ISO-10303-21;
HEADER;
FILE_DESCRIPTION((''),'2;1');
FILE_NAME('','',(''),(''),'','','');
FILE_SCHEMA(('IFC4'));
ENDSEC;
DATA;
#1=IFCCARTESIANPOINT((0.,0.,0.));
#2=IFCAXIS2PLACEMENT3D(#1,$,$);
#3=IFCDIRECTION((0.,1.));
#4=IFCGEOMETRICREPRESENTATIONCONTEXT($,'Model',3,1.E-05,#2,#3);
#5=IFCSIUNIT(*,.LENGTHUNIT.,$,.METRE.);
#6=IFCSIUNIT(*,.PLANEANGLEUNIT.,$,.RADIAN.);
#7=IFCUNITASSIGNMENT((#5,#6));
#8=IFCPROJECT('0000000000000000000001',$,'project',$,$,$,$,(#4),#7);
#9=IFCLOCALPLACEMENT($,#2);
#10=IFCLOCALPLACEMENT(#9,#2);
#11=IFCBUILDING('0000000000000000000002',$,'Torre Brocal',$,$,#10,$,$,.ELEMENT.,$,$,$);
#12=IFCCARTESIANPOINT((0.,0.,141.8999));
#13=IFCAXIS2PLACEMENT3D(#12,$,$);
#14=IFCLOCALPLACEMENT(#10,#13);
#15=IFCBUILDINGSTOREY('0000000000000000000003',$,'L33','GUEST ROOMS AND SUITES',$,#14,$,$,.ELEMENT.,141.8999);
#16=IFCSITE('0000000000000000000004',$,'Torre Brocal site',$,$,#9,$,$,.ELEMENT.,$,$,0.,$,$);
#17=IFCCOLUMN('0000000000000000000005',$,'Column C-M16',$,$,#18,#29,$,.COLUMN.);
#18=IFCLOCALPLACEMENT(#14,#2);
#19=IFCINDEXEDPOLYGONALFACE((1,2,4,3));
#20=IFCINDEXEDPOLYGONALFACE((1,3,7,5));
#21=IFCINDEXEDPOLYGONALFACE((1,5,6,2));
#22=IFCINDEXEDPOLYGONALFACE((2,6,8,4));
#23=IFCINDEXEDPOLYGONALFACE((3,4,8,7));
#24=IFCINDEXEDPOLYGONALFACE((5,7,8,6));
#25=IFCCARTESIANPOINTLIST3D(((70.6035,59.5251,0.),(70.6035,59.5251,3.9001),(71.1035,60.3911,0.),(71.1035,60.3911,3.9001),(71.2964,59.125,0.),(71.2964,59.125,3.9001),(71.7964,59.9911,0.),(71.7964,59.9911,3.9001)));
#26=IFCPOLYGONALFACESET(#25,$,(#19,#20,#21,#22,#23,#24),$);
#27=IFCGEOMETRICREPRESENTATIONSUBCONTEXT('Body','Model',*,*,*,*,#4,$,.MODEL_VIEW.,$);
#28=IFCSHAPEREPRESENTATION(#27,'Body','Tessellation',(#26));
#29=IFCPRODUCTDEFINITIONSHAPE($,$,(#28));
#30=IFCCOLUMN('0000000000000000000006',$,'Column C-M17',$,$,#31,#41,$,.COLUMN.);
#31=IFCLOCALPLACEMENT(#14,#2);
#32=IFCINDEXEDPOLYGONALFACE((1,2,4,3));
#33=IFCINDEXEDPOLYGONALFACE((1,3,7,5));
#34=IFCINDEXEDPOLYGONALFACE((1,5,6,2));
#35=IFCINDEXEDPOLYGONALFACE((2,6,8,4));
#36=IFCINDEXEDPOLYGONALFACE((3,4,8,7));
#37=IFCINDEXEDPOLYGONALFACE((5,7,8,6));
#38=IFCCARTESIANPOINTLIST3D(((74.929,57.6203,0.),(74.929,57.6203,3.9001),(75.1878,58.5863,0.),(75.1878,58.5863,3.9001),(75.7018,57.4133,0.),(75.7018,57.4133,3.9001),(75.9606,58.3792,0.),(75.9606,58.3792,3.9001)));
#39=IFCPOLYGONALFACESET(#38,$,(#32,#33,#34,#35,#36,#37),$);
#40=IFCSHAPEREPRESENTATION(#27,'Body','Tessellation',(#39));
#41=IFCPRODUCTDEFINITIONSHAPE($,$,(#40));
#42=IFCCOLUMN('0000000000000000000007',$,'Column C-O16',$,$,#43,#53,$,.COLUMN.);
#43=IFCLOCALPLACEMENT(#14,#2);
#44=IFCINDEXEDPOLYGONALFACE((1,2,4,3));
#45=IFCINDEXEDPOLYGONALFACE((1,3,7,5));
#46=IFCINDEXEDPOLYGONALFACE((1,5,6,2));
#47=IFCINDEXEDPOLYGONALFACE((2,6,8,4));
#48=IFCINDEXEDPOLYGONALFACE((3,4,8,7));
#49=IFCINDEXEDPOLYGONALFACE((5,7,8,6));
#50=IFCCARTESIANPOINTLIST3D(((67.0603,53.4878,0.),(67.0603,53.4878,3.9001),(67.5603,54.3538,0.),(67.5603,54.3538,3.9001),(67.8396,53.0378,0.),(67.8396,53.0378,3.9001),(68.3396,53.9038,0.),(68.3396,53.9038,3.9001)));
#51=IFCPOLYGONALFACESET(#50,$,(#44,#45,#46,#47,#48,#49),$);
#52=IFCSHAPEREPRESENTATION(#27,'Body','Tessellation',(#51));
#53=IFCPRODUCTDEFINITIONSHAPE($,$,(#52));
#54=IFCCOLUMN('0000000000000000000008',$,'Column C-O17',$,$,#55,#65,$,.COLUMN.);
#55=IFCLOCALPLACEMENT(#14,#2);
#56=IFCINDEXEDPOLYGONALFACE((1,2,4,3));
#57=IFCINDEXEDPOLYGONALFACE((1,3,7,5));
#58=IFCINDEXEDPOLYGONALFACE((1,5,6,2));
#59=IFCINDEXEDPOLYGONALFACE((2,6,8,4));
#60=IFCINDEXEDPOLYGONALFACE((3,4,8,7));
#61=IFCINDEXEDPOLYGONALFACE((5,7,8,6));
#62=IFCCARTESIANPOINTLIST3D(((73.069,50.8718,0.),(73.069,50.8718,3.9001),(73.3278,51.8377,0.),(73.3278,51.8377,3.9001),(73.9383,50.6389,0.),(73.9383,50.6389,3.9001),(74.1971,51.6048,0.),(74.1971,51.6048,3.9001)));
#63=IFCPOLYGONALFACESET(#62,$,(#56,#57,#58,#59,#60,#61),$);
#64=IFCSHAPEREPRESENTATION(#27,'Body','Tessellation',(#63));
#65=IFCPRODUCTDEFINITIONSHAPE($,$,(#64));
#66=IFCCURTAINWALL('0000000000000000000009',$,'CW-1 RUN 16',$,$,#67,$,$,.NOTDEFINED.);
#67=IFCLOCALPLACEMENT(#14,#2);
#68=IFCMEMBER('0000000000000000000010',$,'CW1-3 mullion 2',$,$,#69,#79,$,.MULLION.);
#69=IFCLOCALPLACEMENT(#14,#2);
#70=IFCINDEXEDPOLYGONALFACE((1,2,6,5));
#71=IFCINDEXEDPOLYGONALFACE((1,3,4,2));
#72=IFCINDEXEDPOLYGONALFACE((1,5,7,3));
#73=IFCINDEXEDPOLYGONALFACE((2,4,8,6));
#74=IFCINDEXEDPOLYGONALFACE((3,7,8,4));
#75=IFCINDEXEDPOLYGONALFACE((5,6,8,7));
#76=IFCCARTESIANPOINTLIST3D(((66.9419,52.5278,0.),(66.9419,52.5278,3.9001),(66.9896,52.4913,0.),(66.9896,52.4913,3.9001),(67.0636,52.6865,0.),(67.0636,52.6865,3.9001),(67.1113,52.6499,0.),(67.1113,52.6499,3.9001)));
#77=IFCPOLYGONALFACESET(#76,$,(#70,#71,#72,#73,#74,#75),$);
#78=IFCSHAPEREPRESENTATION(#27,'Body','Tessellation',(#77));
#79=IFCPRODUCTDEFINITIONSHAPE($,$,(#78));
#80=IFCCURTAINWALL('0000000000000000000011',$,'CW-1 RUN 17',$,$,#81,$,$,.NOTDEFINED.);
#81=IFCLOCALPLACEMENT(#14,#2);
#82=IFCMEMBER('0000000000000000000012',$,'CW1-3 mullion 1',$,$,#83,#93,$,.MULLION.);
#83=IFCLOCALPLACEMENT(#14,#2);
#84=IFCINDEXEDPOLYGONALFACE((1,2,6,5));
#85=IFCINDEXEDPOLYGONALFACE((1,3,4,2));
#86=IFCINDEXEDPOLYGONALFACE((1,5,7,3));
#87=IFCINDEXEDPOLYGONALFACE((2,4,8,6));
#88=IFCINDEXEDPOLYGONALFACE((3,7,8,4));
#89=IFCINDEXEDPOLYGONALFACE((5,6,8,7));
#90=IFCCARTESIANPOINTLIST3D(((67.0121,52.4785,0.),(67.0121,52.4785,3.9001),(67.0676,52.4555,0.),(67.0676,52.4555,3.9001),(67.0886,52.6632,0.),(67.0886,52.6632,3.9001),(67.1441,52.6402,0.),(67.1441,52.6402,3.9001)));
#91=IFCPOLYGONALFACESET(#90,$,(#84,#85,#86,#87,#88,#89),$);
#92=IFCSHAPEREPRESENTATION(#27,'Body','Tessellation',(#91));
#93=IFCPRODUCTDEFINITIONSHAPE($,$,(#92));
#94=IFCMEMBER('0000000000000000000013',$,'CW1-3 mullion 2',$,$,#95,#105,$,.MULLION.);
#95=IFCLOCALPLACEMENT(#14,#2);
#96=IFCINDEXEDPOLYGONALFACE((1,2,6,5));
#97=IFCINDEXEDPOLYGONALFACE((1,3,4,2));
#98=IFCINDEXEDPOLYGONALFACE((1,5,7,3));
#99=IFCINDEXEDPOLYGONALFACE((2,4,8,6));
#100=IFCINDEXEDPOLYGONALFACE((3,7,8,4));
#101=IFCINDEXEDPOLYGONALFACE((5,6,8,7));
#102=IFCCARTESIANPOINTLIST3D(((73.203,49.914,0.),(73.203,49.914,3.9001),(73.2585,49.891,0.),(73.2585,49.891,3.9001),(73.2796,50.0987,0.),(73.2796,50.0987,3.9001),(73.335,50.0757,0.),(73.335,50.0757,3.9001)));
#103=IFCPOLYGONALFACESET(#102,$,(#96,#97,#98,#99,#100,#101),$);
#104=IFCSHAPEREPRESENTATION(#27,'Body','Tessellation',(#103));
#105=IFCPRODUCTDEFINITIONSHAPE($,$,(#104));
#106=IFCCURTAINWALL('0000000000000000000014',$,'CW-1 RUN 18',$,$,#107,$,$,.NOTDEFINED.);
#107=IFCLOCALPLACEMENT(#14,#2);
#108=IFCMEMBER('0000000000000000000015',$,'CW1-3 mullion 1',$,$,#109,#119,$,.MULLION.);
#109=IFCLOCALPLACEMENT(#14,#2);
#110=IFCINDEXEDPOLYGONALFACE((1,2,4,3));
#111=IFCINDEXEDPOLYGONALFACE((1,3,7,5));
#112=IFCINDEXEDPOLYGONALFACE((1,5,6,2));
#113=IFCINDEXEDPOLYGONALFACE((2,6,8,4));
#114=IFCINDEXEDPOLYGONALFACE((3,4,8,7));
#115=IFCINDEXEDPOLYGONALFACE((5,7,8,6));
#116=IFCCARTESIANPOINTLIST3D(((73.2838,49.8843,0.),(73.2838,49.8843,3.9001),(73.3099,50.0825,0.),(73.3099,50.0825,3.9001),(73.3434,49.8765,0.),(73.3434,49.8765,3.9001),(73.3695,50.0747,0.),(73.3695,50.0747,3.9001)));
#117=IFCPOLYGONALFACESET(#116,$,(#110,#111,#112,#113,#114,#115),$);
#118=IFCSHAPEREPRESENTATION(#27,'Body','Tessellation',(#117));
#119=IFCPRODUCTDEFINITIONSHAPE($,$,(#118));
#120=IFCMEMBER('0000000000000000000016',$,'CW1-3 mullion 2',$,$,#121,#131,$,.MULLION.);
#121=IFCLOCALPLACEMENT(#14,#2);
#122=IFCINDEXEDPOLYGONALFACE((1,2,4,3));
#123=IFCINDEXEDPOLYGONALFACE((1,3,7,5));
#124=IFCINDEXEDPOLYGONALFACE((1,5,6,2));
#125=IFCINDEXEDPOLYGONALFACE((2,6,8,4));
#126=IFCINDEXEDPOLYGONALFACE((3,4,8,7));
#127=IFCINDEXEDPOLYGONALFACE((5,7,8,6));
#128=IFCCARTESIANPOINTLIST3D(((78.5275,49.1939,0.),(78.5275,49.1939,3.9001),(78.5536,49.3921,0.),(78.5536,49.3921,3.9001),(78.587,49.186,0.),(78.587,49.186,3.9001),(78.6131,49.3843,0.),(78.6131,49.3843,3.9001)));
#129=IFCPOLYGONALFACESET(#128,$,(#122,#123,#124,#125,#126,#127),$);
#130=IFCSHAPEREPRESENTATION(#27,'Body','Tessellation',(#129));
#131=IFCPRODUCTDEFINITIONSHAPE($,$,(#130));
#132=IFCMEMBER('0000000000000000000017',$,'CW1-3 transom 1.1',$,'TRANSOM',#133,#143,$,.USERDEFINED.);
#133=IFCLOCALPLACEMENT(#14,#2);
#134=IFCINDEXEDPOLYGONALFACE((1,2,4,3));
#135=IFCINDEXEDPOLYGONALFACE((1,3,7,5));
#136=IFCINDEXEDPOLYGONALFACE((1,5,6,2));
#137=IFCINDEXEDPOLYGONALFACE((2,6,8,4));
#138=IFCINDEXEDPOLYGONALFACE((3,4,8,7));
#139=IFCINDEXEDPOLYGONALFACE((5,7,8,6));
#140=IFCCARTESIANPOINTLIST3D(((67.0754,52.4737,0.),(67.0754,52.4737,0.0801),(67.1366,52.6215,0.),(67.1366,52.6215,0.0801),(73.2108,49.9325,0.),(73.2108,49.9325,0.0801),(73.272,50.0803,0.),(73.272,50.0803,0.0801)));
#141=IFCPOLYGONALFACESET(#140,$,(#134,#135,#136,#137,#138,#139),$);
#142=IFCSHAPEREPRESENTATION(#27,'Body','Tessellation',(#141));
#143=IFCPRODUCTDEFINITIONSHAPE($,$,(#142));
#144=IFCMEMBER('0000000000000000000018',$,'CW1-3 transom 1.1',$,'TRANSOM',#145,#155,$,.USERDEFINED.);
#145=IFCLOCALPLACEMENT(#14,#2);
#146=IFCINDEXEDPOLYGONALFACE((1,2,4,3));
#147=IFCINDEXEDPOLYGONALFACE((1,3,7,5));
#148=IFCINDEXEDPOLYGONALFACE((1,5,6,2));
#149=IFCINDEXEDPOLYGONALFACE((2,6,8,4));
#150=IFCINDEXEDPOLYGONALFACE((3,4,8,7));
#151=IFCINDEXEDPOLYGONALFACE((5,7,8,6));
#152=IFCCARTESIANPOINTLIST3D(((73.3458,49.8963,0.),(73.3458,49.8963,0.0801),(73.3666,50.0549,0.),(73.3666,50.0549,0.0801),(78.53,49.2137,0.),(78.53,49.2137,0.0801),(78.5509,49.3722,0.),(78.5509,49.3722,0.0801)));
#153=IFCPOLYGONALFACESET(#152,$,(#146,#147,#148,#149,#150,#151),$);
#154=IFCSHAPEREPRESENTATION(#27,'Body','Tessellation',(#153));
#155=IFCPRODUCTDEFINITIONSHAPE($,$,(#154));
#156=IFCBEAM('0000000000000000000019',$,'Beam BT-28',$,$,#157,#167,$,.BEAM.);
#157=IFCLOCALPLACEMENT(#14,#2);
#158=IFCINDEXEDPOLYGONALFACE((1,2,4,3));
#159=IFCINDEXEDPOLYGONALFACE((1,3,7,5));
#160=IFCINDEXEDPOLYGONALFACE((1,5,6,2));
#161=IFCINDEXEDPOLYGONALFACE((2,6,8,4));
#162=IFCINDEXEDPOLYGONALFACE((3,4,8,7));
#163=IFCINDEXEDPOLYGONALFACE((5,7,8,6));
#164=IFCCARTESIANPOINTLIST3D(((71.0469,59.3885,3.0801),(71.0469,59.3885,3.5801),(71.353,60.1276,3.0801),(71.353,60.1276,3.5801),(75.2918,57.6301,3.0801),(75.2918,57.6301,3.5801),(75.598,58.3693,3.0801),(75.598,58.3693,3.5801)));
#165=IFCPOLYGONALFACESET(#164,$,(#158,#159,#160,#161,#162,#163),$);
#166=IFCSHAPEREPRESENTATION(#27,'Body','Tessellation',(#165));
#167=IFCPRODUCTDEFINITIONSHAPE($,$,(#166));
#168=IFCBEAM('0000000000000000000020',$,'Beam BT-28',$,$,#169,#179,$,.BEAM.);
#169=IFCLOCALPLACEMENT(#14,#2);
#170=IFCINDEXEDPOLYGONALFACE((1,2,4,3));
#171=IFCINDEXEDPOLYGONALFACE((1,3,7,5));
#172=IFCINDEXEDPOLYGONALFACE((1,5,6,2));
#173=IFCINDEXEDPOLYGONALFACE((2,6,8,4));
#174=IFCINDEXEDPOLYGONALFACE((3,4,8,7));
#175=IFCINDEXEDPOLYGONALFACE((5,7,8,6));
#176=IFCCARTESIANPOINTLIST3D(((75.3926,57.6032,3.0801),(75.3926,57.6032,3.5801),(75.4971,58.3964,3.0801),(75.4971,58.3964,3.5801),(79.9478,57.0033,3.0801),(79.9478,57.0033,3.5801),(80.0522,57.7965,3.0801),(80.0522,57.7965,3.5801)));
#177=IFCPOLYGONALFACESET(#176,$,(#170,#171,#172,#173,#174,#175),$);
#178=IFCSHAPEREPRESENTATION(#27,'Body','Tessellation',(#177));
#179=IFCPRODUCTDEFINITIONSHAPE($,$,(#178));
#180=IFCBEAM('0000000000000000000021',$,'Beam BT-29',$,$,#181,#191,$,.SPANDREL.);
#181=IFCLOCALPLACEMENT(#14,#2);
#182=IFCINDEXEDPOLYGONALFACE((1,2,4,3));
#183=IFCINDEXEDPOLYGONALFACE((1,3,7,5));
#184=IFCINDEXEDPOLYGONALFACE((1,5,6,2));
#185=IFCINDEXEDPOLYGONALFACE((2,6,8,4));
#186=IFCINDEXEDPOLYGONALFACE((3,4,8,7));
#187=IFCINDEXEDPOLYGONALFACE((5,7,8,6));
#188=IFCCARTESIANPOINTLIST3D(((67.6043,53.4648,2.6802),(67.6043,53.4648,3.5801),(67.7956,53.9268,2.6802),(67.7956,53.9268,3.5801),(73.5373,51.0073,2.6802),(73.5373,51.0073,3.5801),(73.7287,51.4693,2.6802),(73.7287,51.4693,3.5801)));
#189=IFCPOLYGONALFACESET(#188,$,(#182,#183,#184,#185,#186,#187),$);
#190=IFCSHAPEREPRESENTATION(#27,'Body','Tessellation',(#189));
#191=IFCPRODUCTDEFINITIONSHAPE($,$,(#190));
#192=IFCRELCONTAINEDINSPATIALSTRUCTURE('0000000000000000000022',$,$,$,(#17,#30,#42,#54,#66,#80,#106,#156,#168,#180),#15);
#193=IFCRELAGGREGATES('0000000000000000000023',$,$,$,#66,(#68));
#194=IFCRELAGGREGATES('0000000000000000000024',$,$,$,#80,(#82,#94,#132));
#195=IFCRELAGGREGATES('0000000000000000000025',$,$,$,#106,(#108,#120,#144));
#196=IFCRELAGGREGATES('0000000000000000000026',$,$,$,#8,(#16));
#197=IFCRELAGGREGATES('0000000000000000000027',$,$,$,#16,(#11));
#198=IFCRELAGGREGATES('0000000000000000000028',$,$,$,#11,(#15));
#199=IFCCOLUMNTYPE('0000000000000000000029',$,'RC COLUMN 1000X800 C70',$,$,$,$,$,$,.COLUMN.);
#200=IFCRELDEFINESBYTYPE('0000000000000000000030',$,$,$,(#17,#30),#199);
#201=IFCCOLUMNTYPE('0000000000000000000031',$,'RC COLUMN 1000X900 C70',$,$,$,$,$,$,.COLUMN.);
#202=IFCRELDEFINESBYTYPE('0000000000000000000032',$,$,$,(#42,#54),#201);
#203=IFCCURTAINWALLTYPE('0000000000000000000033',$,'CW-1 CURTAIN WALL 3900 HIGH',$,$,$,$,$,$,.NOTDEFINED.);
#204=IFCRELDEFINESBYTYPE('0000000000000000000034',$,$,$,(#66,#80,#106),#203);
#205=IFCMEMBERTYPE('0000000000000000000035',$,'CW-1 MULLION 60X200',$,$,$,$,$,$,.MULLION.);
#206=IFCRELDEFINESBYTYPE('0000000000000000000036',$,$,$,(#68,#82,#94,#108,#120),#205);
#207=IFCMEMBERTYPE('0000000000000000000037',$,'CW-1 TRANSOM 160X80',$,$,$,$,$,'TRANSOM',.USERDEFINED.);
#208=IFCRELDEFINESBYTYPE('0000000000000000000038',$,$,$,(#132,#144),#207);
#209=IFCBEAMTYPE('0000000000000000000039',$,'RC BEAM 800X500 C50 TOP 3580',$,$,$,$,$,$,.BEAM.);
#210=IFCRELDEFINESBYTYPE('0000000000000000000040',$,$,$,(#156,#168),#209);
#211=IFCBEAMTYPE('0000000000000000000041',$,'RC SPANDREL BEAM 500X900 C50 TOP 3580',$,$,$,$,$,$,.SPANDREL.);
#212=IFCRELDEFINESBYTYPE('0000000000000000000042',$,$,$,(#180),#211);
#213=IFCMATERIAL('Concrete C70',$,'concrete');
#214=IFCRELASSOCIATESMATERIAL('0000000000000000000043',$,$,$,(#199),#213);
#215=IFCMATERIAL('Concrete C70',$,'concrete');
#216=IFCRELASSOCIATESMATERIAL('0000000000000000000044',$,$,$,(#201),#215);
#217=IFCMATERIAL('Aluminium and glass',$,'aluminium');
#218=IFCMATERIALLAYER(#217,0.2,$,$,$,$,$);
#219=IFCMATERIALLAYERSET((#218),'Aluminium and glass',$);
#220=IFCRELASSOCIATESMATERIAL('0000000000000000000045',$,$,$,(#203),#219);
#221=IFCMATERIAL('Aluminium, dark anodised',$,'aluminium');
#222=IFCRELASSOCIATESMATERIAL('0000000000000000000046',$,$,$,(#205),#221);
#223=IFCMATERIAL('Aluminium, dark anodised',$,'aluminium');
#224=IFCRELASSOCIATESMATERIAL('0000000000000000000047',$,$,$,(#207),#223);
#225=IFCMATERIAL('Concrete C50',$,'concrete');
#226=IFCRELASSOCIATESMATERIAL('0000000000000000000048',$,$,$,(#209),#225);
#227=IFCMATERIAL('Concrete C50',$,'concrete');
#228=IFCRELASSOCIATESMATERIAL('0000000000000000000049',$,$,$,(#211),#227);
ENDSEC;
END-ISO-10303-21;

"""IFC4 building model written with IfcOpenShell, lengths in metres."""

from ifc_helpers import new_model, si_unit, direction, frame, origin, origin_2d, place, context, subcontext, project, spatial, rectangle, extrude, material, layer, layer_set, material_profile, profile_set, type_object, element, aggregate, save


model = new_model("IFC4")

# Units and contexts
model_context = context("Model", 3, precision=1e-05, world=origin(), true_north=direction((0.0, 1.0)))
body_context = subcontext(model_context, "Body", "Model", "MODEL_VIEW")
ifc_project = project(units=[si_unit("LENGTHUNIT", "METRE"), si_unit("PLANEANGLEUNIT", "RADIAN")], contexts=[model_context])

# Site, building, storey
site_placement = place(None, origin())
site = spatial("IfcSite", under=ifc_project, at=site_placement, Name="Torre Brocal site", CompositionType="ELEMENT", RefElevation=0.0)
building_placement = place(site_placement, origin())
building = spatial("IfcBuilding", under=site, at=building_placement, Name="Torre Brocal", CompositionType="ELEMENT")
storey_placement = place(building_placement, frame((0.0, 0.0, 141.8999)))
storey = spatial("IfcBuildingStorey", under=building, at=storey_placement, Name="L33", Description="GUEST ROOMS AND SUITES", CompositionType="ELEMENT", Elevation=141.8999)

# Columns
ifc_material_1 = material(Name="Concrete C70", Category="concrete")
ifc_material_profile_1 = material_profile(ifc_material_1, rectangle(XDim=1.0, YDim=0.8, at=origin_2d()), Name="RC 1000X800")
ifc_profile_set_1 = profile_set([ifc_material_profile_1], Name="Concrete C70")
column_type_1 = type_object("IfcColumnType", Name="RC COLUMN 1000X800 C70", PredefinedType="COLUMN", material=ifc_profile_set_1)
for number, where, z_axis, x_axis, name in (
    (1, (71.2, 59.7581, 0.0), (0.0, 0.0, 1.0), (-0.5, -0.866025, 0.0), "Column C-M16"),
    (2, (75.4448, 57.9998, 0.0), (0.0, 0.0, 1.0), (-0.258819, -0.965926, 0.0), "Column C-M17"),
):
    element("IfcColumn", number, at=place(storey_placement, frame(where, z_axis=z_axis, x_axis=x_axis)), inside=storey, type_object=column_type_1, Name=name, PredefinedType="COLUMN", context=body_context, shape_type="SweptSolid", body=[
        extrude(rectangle(XDim=1.0, YDim=0.8, at=origin_2d()), origin(), (0.0, 0.0, 1.0), 3.9001),
    ])
ifc_material_2 = material(Name="Concrete C70", Category="concrete")
ifc_material_profile_2 = material_profile(ifc_material_2, rectangle(XDim=1.0, YDim=0.8999, at=origin_2d()), Name="RC 1000X900")
ifc_profile_set_2 = profile_set([ifc_material_profile_2], Name="Concrete C70")
column_type_2 = type_object("IfcColumnType", Name="RC COLUMN 1000X900 C70", PredefinedType="COLUMN", material=ifc_profile_set_2)
for number, where, z_axis, x_axis, name in (
    (3, (67.7, 53.6958, 0.0), (0.0, 0.0, 1.0), (-0.5, -0.866025, 0.0), "Column C-O16"),
    (4, (73.6331, 51.2383, 0.0), (0.0, 0.0, 1.0), (-0.258819, -0.965926, 0.0), "Column C-O17"),
):
    element("IfcColumn", number, at=place(storey_placement, frame(where, z_axis=z_axis, x_axis=x_axis)), inside=storey, type_object=column_type_2, Name=name, PredefinedType="COLUMN", context=body_context, shape_type="SweptSolid", body=[
        extrude(rectangle(XDim=1.0, YDim=0.8999, at=origin_2d()), origin(), (0.0, 0.0, 1.0), 3.9001),
    ])

# Curtain wall, member
ifc_material_3 = material(Name="Aluminium and glass", Category="aluminium")
ifc_layer_1 = layer(ifc_material_3, 0.2)
ifc_layer_set_1 = layer_set([ifc_layer_1], Name="Aluminium and glass")
curtain_wall_type = type_object("IfcCurtainWallType", Name="CW-1 CURTAIN WALL 3900 HIGH", PredefinedType="NOTDEFINED", material=ifc_layer_set_1)
curtain_wall_1_placement = place(storey_placement, origin())
curtain_wall_1 = element("IfcCurtainWall", 5, at=curtain_wall_1_placement, inside=storey, type_object=curtain_wall_type, Name="CW-1 RUN 16", PredefinedType="NOTDEFINED")
ifc_material_4 = material(Name="Aluminium, dark anodised", Category="aluminium")
ifc_material_profile_3 = material_profile(ifc_material_4, rectangle(XDim=0.2, YDim=0.0601, at=origin_2d()), Name="CW-1 MULLION 60X200")
ifc_profile_set_3 = profile_set([ifc_material_profile_3], Name="Aluminium, dark anodised")
member_type_1 = type_object("IfcMemberType", Name="CW-1 MULLION 60X200", PredefinedType="MULLION", material=ifc_profile_set_3)
member_1_placement = place(storey_placement, frame((67.0266, 52.5889, 0.0), z_axis=(0.0, 0.0, 1.0), x_axis=(0.608761, 0.793353, 0.0)))
member_1 = element("IfcMember", 6, at=member_1_placement, type_object=member_type_1, Name="CW1-3 mullion 2", PredefinedType="MULLION", context=body_context, shape_type="SweptSolid", body=[
    extrude(rectangle(XDim=0.2, YDim=0.0601, at=origin_2d()), origin(), (0.0, 0.0, 1.0), 3.9001),
])
aggregate(curtain_wall_1, [member_1])

# Curtain walls, members
curtain_wall_2_placement = place(storey_placement, origin())
curtain_wall_2 = element("IfcCurtainWall", 7, at=curtain_wall_2_placement, inside=storey, type_object=curtain_wall_type, Name="CW-1 RUN 17", PredefinedType="NOTDEFINED")
member_2_placement = place(storey_placement, frame((67.0781, 52.5593, 0.0), z_axis=(0.0, 0.0, 1.0), x_axis=(0.382683, 0.92388, 0.0)))
member_2 = element("IfcMember", 8, at=member_2_placement, type_object=member_type_1, Name="CW1-3 mullion 1", PredefinedType="MULLION", context=body_context, shape_type="SweptSolid", body=[
    extrude(rectangle(XDim=0.2, YDim=0.0601, at=origin_2d()), origin(), (0.0, 0.0, 1.0), 3.9001),
])
member_3_placement = place(storey_placement, frame((73.269, 49.9949, 0.0), z_axis=(0.0, 0.0, 1.0), x_axis=(0.382683, 0.92388, 0.0)))
member_3 = element("IfcMember", 9, at=member_3_placement, type_object=member_type_1, Name="CW1-3 mullion 2", PredefinedType="MULLION", context=body_context, shape_type="SweptSolid", body=[
    extrude(rectangle(XDim=0.2, YDim=0.0601, at=origin_2d()), origin(), (0.0, 0.0, 1.0), 3.9001),
])
curtain_wall_3_placement = place(storey_placement, origin())
curtain_wall_3 = element("IfcCurtainWall", 10, at=curtain_wall_3_placement, inside=storey, type_object=curtain_wall_type, Name="CW-1 RUN 18", PredefinedType="NOTDEFINED")
member_4_placement = place(storey_placement, frame((73.3267, 49.9795, 0.0), z_axis=(0.0, 0.0, 1.0), x_axis=(0.130526, 0.991445, 0.0)))
member_4 = element("IfcMember", 11, at=member_4_placement, type_object=member_type_1, Name="CW1-3 mullion 1", PredefinedType="MULLION", context=body_context, shape_type="SweptSolid", body=[
    extrude(rectangle(XDim=0.2, YDim=0.0601, at=origin_2d()), origin(), (0.0, 0.0, 1.0), 3.9001),
])
member_5_placement = place(storey_placement, frame((78.5703, 49.2891, 0.0), z_axis=(0.0, 0.0, 1.0), x_axis=(0.130526, 0.991445, 0.0)))
member_5 = element("IfcMember", 12, at=member_5_placement, type_object=member_type_1, Name="CW1-3 mullion 2", PredefinedType="MULLION", context=body_context, shape_type="SweptSolid", body=[
    extrude(rectangle(XDim=0.2, YDim=0.0601, at=origin_2d()), origin(), (0.0, 0.0, 1.0), 3.9001),
])

# Members
ifc_material_5 = material(Name="Aluminium, dark anodised", Category="aluminium")
ifc_material_profile_4 = material_profile(ifc_material_5, rectangle(XDim=0.1599, YDim=0.0801, at=origin_2d()), Name="CW-1 TRANSOM 160X80")
ifc_profile_set_4 = profile_set([ifc_material_profile_4], Name="Aluminium, dark anodised")
member_type_2 = type_object("IfcMemberType", Name="CW-1 TRANSOM 160X80", ElementType="TRANSOM", PredefinedType="USERDEFINED", material=ifc_profile_set_4)
member_6_placement = place(storey_placement, frame((67.106, 52.5476, 0.04), z_axis=(0.923887, -0.382665, 0.0), x_axis=(0.382665, 0.923887, 0.0)))
member_6 = element("IfcMember", 13, at=member_6_placement, type_object=member_type_2, Name="CW1-3 transom 1.1", ObjectType="TRANSOM", PredefinedType="USERDEFINED", context=body_context, shape_type="SweptSolid", body=[
    extrude(rectangle(XDim=0.1599, YDim=0.0801, at=origin_2d()), origin(), (0.0, 0.0, 1.0), 6.6409),
])
member_7_placement = place(storey_placement, frame((73.3562, 49.9756, 0.04), z_axis=(0.991443, -0.130543, 0.0), x_axis=(0.130543, 0.991443, 0.0)))
member_7 = element("IfcMember", 14, at=member_7_placement, type_object=member_type_2, Name="CW1-3 transom 1.1", ObjectType="TRANSOM", PredefinedType="USERDEFINED", context=body_context, shape_type="SweptSolid", body=[
    extrude(rectangle(XDim=0.1599, YDim=0.0801, at=origin_2d()), origin(), (0.0, 0.0, 1.0), 5.229),
])

# Beams
ifc_material_6 = material(Name="Concrete C50", Category="concrete")
ifc_material_profile_5 = material_profile(ifc_material_6, rectangle(XDim=0.8, YDim=0.5, at=origin_2d()), Name="RC 800X500")
ifc_profile_set_5 = profile_set([ifc_material_profile_5], Name="Concrete C50")
beam_type_1 = type_object("IfcBeamType", Name="RC BEAM 800X500 C50 TOP 3580", PredefinedType="BEAM", material=ifc_profile_set_5)
beam_1_placement = place(storey_placement, frame((71.2, 59.7581, 3.3301), z_axis=(0.923878, -0.382687, 0.0), x_axis=(0.382687, 0.923878, 0.0)))
element("IfcBeam", 15, at=beam_1_placement, inside=storey, type_object=beam_type_1, Name="Beam BT-28", PredefinedType="BEAM", context=body_context, shape_type="SweptSolid", body=[
    extrude(rectangle(XDim=0.8, YDim=0.5, at=origin_2d()), origin(), (0.0, 0.0, 1.0), 4.5947),
])
beam_2_placement = place(storey_placement, frame((75.4448, 57.9998, 3.3301), z_axis=(0.991441, -0.130559, 0.0), x_axis=(0.130559, 0.991441, 0.0)))
element("IfcBeam", 16, at=beam_2_placement, inside=storey, type_object=beam_type_1, Name="Beam BT-28", PredefinedType="BEAM", context=body_context, shape_type="SweptSolid", body=[
    extrude(rectangle(XDim=0.8, YDim=0.5, at=origin_2d()), origin(), (0.0, 0.0, 1.0), 4.5945),
])
ifc_material_7 = material(Name="Concrete C50", Category="concrete")
ifc_material_profile_6 = material_profile(ifc_material_7, rectangle(XDim=0.5, YDim=0.8999, at=origin_2d()), Name="RC 500X900")
ifc_profile_set_6 = profile_set([ifc_material_profile_6], Name="Concrete C50")
beam_type_2 = type_object("IfcBeamType", Name="RC SPANDREL BEAM 500X900 C50 TOP 3580", PredefinedType="SPANDREL", material=ifc_profile_set_6)
beam_3_placement = place(storey_placement, frame((67.7, 53.6958, 3.1301), z_axis=(0.923882, -0.382676, 0.0), x_axis=(0.382676, 0.923882, 0.0)))
element("IfcBeam", 17, at=beam_3_placement, inside=storey, type_object=beam_type_2, Name="Beam BT-29", PredefinedType="SPANDREL", context=body_context, shape_type="SweptSolid", body=[
    extrude(rectangle(XDim=0.5, YDim=0.8999, at=origin_2d()), origin(), (0.0, 0.0, 1.0), 6.4219),
])

aggregate(curtain_wall_2, [member_2, member_3, member_6])
aggregate(curtain_wall_3, [member_4, member_5, member_7])

save(model, "model.ifc")
